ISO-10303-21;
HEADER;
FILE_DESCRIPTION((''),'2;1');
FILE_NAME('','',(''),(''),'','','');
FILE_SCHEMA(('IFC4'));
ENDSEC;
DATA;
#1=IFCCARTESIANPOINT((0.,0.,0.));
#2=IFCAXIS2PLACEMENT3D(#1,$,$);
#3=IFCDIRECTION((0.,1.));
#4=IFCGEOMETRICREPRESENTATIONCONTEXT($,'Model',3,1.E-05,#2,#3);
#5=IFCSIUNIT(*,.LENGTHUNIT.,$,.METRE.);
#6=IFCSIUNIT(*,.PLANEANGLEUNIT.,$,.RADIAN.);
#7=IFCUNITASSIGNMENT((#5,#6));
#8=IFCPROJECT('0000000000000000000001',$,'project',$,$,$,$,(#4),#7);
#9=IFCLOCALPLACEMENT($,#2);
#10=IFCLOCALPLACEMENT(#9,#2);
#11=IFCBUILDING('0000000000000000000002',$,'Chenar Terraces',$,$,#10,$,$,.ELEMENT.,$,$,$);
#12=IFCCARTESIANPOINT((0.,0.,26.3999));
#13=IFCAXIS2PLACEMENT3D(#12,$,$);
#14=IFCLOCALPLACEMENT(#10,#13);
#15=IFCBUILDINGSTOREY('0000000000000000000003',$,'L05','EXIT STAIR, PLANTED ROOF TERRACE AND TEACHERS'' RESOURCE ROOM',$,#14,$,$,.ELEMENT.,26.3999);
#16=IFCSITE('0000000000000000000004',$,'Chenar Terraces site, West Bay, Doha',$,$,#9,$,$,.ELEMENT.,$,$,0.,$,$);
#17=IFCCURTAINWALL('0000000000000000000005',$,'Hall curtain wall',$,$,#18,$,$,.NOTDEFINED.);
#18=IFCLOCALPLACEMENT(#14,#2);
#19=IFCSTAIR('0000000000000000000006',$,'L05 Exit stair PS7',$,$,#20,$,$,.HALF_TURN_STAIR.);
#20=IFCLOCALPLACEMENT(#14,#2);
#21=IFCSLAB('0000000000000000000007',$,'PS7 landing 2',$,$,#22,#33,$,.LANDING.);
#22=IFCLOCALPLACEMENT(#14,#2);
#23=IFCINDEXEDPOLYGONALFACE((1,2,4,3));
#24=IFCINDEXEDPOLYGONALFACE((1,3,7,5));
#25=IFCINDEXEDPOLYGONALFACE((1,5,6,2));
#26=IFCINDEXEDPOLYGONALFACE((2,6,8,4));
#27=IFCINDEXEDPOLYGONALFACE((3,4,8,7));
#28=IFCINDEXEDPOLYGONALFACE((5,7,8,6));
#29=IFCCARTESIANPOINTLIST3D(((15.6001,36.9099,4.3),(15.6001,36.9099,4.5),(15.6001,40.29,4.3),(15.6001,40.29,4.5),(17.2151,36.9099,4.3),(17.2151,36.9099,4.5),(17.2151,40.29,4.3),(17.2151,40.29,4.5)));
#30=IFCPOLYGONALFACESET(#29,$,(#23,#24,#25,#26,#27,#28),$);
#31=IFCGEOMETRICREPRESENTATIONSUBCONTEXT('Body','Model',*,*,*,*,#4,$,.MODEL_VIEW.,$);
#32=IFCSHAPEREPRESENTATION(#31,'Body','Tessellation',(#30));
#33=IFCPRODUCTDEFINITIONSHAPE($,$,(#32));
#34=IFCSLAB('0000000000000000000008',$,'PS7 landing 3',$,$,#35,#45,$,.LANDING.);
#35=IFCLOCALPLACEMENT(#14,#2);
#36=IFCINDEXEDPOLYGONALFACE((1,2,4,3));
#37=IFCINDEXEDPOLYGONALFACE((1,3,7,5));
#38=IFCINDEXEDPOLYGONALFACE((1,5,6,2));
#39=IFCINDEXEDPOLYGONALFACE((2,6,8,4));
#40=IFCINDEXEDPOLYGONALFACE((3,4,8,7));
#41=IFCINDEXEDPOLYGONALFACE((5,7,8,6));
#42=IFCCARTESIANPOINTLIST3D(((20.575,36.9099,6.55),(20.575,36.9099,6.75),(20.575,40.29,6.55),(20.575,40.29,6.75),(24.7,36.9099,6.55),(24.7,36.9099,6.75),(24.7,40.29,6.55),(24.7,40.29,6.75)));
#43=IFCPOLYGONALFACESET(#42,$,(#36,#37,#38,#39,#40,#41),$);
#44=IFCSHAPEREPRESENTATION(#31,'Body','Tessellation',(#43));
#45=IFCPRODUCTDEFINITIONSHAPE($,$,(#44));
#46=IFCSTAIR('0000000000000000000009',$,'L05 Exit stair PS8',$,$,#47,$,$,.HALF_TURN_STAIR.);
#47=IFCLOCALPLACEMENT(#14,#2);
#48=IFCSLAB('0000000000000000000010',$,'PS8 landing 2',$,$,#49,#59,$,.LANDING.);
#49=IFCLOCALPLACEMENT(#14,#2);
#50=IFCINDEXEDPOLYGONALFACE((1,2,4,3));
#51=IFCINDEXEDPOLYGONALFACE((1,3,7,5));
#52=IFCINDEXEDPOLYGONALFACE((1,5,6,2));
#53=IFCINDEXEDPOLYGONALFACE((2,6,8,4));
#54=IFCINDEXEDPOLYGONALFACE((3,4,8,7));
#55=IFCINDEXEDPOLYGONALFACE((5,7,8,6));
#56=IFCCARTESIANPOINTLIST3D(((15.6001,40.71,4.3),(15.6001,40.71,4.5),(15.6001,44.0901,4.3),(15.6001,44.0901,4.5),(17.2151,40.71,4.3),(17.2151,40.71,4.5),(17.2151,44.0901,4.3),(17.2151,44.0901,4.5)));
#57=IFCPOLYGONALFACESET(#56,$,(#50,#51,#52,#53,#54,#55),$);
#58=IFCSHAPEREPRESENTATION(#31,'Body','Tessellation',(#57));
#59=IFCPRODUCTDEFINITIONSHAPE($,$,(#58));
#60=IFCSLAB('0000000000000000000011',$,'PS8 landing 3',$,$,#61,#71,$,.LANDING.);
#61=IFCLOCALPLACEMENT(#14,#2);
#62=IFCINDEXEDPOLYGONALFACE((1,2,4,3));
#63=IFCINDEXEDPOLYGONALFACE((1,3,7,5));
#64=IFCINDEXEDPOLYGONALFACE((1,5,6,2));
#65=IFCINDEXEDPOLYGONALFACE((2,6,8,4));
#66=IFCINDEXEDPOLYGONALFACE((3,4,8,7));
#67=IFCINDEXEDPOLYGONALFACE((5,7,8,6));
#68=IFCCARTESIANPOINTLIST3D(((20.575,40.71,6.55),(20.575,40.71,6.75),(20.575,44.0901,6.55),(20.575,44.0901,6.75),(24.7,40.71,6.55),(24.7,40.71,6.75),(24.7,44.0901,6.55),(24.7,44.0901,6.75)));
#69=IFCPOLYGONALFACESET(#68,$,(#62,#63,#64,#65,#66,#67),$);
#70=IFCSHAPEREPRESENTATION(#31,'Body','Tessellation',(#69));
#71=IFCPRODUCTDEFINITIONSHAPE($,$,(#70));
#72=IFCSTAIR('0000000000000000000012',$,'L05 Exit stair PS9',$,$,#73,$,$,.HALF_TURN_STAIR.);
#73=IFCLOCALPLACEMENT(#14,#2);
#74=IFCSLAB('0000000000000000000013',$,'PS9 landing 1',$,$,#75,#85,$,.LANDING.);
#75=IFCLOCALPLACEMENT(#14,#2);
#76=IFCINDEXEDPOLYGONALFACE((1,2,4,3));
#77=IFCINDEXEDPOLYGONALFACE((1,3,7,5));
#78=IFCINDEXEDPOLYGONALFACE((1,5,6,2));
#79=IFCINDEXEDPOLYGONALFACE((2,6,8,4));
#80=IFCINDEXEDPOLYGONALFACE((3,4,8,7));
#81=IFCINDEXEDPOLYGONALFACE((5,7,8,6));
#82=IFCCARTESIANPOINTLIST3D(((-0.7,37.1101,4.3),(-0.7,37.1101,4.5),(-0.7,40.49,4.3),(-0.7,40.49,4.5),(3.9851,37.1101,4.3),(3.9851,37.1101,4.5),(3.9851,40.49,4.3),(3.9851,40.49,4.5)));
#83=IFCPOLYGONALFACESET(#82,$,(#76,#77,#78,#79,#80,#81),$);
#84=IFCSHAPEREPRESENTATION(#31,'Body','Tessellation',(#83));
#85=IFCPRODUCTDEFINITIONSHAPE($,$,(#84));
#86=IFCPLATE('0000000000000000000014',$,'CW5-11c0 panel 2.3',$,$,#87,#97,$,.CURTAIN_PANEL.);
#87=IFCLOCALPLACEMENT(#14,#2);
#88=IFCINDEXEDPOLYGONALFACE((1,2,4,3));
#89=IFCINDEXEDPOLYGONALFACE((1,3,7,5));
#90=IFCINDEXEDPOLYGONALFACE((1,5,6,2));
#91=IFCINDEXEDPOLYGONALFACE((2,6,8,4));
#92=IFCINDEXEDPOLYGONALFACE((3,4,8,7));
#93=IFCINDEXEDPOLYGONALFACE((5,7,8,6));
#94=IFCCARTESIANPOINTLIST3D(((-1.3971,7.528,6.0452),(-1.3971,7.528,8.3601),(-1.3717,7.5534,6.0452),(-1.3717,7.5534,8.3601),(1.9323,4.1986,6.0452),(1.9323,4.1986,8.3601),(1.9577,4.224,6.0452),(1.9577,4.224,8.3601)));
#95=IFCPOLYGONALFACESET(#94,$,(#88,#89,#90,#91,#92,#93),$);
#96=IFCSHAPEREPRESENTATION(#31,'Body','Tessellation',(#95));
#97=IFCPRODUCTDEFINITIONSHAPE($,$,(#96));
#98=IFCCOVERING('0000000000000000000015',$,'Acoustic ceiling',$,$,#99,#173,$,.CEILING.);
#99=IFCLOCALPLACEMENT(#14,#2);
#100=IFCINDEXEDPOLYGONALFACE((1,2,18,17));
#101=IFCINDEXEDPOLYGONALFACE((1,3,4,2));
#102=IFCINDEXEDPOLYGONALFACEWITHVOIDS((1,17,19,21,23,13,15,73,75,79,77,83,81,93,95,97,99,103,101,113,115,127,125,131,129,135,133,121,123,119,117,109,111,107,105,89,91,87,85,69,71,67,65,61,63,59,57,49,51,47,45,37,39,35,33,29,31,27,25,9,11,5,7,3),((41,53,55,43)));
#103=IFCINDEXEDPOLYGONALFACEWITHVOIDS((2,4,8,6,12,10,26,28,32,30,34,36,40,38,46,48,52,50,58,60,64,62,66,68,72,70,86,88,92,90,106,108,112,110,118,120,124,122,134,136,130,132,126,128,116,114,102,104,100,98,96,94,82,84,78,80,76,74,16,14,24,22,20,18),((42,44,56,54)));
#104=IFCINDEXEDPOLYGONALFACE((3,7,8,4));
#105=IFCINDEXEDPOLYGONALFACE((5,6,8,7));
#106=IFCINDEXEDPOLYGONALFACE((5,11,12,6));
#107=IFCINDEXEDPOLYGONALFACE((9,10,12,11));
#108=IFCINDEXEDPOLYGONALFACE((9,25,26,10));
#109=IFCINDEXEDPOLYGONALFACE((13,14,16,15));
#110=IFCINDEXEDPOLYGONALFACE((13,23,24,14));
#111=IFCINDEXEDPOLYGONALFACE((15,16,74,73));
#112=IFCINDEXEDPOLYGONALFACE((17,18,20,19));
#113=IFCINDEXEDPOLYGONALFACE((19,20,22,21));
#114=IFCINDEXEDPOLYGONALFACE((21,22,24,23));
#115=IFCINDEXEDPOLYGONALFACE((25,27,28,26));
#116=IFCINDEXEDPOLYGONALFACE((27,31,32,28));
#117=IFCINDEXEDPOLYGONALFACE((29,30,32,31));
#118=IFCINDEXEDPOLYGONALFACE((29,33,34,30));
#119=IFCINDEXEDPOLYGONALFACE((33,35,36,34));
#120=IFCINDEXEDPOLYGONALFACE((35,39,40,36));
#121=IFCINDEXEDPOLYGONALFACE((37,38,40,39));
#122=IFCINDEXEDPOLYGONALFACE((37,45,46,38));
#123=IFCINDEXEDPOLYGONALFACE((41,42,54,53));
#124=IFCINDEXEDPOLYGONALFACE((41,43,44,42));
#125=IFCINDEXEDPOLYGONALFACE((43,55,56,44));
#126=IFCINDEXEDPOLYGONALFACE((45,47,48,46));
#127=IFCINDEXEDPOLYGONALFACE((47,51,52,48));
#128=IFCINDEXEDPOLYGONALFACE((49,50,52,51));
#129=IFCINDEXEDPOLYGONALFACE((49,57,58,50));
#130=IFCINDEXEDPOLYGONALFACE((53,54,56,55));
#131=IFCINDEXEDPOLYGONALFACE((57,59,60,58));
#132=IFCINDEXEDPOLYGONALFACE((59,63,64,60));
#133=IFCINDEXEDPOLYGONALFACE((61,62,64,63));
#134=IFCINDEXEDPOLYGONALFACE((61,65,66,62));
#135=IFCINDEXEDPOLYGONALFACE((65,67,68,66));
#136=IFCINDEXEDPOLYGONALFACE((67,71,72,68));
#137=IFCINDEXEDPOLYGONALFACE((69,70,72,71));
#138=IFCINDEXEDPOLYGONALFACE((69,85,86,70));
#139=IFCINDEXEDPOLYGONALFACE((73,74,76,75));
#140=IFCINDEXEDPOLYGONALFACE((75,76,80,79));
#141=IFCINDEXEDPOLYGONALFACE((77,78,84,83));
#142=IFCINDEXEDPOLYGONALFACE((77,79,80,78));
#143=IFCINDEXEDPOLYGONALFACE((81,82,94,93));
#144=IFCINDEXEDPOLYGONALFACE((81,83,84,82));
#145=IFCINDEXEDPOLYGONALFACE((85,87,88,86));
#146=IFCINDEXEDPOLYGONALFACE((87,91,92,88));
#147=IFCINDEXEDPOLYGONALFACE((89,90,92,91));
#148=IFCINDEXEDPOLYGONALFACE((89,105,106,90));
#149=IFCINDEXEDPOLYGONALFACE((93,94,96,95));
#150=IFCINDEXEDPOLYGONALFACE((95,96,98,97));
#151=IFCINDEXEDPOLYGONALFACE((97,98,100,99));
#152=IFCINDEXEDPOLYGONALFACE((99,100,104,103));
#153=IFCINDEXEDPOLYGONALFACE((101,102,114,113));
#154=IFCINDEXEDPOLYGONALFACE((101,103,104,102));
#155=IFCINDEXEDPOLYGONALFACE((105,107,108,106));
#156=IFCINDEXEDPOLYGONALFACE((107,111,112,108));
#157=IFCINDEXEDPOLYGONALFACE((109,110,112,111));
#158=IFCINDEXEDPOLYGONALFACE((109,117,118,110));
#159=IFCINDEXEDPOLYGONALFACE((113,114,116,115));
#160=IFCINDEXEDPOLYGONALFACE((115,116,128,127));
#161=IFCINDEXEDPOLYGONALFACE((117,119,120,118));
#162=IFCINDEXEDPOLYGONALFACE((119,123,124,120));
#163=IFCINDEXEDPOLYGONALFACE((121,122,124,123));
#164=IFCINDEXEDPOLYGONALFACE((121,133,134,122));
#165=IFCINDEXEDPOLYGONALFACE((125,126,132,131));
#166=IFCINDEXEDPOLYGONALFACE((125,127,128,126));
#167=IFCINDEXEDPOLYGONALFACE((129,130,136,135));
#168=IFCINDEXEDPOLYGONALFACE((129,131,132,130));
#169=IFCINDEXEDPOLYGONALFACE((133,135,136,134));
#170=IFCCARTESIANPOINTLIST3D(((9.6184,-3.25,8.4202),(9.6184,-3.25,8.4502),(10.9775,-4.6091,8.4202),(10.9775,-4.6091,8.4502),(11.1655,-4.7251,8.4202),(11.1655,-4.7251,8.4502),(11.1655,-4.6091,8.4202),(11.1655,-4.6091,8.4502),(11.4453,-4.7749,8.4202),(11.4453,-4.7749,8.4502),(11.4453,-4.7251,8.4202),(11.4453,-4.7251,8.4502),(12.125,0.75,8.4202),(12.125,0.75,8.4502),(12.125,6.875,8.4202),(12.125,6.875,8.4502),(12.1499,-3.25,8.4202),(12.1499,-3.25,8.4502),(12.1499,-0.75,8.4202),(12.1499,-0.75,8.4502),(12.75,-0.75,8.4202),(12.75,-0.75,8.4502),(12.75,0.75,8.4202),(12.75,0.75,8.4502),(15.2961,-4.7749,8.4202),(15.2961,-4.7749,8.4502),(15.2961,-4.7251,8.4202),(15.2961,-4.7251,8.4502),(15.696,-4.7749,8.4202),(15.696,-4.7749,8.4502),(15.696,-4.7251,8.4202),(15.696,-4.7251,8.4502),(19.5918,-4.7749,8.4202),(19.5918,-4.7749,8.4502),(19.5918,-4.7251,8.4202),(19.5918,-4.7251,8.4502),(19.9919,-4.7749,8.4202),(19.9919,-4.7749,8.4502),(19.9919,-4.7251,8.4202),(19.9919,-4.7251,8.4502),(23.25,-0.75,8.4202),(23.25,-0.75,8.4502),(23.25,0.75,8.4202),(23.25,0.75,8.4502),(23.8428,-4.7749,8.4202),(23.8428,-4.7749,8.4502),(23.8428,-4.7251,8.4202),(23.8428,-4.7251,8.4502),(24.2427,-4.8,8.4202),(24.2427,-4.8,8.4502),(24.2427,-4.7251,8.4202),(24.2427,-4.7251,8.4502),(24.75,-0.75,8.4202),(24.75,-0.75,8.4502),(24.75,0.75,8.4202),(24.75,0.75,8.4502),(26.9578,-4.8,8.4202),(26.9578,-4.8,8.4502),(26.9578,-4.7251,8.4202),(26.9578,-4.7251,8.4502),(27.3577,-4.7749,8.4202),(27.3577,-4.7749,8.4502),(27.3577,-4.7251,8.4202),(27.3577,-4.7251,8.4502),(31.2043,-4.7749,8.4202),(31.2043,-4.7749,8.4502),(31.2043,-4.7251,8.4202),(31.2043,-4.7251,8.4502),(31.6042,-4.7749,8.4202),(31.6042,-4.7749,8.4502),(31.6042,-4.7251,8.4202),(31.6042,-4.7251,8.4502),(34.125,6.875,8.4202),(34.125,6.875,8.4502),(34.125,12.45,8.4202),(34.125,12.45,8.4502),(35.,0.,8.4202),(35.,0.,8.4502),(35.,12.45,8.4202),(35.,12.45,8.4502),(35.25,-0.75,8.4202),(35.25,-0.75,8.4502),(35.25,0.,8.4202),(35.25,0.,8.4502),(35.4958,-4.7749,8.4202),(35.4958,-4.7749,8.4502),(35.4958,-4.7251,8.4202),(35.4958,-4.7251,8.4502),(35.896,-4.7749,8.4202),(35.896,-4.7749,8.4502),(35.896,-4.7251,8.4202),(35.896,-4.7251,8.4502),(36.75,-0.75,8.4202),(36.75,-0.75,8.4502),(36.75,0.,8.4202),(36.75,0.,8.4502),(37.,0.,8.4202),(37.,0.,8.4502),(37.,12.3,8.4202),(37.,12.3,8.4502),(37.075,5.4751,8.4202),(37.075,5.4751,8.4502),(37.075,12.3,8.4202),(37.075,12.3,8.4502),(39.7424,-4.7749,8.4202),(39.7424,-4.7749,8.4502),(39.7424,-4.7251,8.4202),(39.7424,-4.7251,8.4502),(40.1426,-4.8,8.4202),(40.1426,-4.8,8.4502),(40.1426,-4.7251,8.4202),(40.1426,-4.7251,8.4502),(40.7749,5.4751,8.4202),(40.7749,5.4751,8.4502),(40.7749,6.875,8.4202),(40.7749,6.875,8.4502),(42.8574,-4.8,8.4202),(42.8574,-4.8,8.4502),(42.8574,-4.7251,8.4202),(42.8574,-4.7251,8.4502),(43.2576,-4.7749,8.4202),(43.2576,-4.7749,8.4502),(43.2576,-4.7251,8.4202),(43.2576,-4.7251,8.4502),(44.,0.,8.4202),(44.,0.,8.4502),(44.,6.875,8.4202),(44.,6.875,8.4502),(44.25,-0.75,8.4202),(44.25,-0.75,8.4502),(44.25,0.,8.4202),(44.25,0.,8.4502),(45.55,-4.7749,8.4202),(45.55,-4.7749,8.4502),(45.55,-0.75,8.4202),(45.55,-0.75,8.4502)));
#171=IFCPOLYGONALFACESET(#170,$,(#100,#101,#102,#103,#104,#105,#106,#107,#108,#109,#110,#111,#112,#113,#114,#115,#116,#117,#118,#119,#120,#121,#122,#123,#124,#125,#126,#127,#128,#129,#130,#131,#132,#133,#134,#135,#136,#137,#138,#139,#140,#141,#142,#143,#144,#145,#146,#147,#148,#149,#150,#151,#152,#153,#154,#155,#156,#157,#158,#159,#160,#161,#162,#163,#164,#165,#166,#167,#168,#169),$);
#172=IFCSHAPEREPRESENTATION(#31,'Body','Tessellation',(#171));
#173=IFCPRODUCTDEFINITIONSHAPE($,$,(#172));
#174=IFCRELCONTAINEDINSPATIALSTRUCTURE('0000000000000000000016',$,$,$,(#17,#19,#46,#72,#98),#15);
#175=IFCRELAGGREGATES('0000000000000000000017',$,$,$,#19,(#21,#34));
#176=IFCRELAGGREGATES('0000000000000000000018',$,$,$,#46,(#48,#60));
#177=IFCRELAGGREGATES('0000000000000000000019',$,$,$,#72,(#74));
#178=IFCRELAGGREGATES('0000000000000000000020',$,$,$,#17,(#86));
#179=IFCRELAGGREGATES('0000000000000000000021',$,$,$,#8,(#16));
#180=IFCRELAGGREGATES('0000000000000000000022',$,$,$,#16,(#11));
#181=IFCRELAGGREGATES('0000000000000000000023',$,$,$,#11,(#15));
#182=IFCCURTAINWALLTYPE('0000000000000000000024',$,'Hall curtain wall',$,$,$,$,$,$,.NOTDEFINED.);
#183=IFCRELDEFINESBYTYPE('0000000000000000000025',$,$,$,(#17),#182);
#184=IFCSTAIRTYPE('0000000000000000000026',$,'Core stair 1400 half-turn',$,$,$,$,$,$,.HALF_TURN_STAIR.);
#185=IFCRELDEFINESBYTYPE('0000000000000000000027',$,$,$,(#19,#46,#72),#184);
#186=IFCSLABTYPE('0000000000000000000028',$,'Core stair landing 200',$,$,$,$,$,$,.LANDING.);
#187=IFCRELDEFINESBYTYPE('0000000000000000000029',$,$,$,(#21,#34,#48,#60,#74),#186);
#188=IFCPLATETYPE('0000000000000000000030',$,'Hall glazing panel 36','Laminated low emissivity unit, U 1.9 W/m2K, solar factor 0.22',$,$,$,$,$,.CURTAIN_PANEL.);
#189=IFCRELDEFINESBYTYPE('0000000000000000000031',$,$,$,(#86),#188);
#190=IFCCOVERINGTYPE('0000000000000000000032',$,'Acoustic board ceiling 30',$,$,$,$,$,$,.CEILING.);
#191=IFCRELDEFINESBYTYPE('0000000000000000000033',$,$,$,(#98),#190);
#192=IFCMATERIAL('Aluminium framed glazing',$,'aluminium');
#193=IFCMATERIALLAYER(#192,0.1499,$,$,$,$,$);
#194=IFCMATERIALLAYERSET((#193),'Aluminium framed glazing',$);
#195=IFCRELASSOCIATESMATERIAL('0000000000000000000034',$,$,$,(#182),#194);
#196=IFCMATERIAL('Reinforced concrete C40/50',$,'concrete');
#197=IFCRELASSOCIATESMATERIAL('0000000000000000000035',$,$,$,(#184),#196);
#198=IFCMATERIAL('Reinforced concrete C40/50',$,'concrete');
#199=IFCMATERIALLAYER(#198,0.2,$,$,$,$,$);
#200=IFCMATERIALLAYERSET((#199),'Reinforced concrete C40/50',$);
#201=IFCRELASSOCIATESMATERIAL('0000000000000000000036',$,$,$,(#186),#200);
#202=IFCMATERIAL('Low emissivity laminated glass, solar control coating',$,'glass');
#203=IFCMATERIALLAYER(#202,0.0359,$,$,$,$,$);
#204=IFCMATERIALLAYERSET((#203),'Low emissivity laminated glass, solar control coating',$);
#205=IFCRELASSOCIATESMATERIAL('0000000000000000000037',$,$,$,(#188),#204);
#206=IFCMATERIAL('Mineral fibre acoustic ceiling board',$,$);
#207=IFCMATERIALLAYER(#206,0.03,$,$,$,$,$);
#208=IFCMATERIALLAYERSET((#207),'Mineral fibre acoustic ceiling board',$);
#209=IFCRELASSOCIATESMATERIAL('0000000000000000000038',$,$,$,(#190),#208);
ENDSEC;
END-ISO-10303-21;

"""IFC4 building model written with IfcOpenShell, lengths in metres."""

from ifc_helpers import new_model, si_unit, direction, frame, origin, origin_2d, place, context, subcontext, project, spatial, polyline, rectangle, outline, extrude, material, layer, layer_set, type_object, element, aggregate, save


model = new_model("IFC4")

# Units and contexts
model_context = context("Model", 3, precision=1e-05, world=origin(), true_north=direction((0.0, 1.0)))
body_context = subcontext(model_context, "Body", "Model", "MODEL_VIEW")
ifc_project = project(units=[si_unit("LENGTHUNIT", "METRE"), si_unit("PLANEANGLEUNIT", "RADIAN")], contexts=[model_context])

# Site, building, storey
site_placement = place(None, origin())
site = spatial("IfcSite", under=ifc_project, at=site_placement, Name="Chenar Terraces site, West Bay, Doha", CompositionType="ELEMENT", RefElevation=0.0)
building_placement = place(site_placement, origin())
building = spatial("IfcBuilding", under=site, at=building_placement, Name="Chenar Terraces", CompositionType="ELEMENT")
storey_placement = place(building_placement, frame((0.0, 0.0, 26.3999)))
storey = spatial("IfcBuildingStorey", under=building, at=storey_placement, Name="L05", Description="EXIT STAIR, PLANTED ROOF TERRACE AND TEACHERS' RESOURCE ROOM", CompositionType="ELEMENT", Elevation=26.3999)

# Curtain wall
ifc_material_1 = material(Name="Aluminium framed glazing", Category="aluminium")
ifc_layer_1 = layer(ifc_material_1, 0.1499)
ifc_layer_set_1 = layer_set([ifc_layer_1], Name="Aluminium framed glazing")
curtain_wall_type = type_object("IfcCurtainWallType", Name="Hall curtain wall", PredefinedType="NOTDEFINED", material=ifc_layer_set_1)
placement_1 = place(storey_placement, origin())
curtain_wall = element("IfcCurtainWall", 1, at=placement_1, inside=storey, type_object=curtain_wall_type, Name="Hall curtain wall", PredefinedType="NOTDEFINED")

# Shared definitions
ifc_material_2 = material(Name="Reinforced concrete C40/50", Category="concrete")
stair_type = type_object("IfcStairType", Name="Core stair 1400 half-turn", PredefinedType="HALF_TURN_STAIR", material=ifc_material_2)
ifc_material_3 = material(Name="Reinforced concrete C40/50", Category="concrete")
ifc_layer_2 = layer(ifc_material_3, 0.2)
ifc_layer_set_2 = layer_set([ifc_layer_2], Name="Reinforced concrete C40/50")
slab_type = type_object("IfcSlabType", Name="Core stair landing 200", PredefinedType="LANDING", material=ifc_layer_set_2)
placement_2 = place(storey_placement, frame((0.0, 0.0, 6.55)))

# Shared definitions
placement_3 = place(storey_placement, frame((0.0, 0.0, 4.3)))

# Stairs, slabs
stair_1 = element("IfcStair", 2, at=placement_1, inside=storey, type_object=stair_type, Name="L05 Exit stair PS7", PredefinedType="HALF_TURN_STAIR")
slab_1 = element("IfcSlab", 3, at=placement_3, type_object=slab_type, Name="PS7 landing 2", PredefinedType="LANDING", context=body_context, shape_type="SweptSolid", body=[
    extrude(outline(polyline([(15.6001, 36.9099), (17.2151, 36.9099), (17.2151, 40.29), (15.6001, 40.29), (15.6001, 36.9099)])), origin(), (0.0, 0.0, 1.0), 0.2),
])
slab_2 = element("IfcSlab", 4, at=placement_2, type_object=slab_type, Name="PS7 landing 3", PredefinedType="LANDING", context=body_context, shape_type="SweptSolid", body=[
    extrude(outline(polyline([(20.575, 36.9099), (24.7, 36.9099), (24.7, 40.29), (20.575, 40.29), (20.575, 36.9099)])), origin(), (0.0, 0.0, 1.0), 0.2),
])
aggregate(stair_1, [slab_1, slab_2])
stair_2 = element("IfcStair", 5, at=placement_1, inside=storey, type_object=stair_type, Name="L05 Exit stair PS8", PredefinedType="HALF_TURN_STAIR")
slab_3 = element("IfcSlab", 6, at=placement_3, type_object=slab_type, Name="PS8 landing 2", PredefinedType="LANDING", context=body_context, shape_type="SweptSolid", body=[
    extrude(outline(polyline([(15.6001, 40.71), (17.2151, 40.71), (17.2151, 44.0901), (15.6001, 44.0901), (15.6001, 40.71)])), origin(), (0.0, 0.0, 1.0), 0.2),
])
slab_4 = element("IfcSlab", 7, at=placement_2, type_object=slab_type, Name="PS8 landing 3", PredefinedType="LANDING", context=body_context, shape_type="SweptSolid", body=[
    extrude(outline(polyline([(20.575, 40.71), (24.7, 40.71), (24.7, 44.0901), (20.575, 44.0901), (20.575, 40.71)])), origin(), (0.0, 0.0, 1.0), 0.2),
])
aggregate(stair_2, [slab_3, slab_4])

# Stair, slab
stair_3 = element("IfcStair", 8, at=placement_1, inside=storey, type_object=stair_type, Name="L05 Exit stair PS9", PredefinedType="HALF_TURN_STAIR")
slab_5 = element("IfcSlab", 9, at=placement_3, type_object=slab_type, Name="PS9 landing 1", PredefinedType="LANDING", context=body_context, shape_type="SweptSolid", body=[
    extrude(outline(polyline([(3.9851, 40.49), (-0.7, 40.49), (-0.7, 37.1101), (3.9851, 37.1101), (3.9851, 40.49)])), origin(), (0.0, 0.0, 1.0), 0.2),
])
aggregate(stair_3, [slab_5])

# Plate
ifc_material_4 = material(Name="Low emissivity laminated glass, solar control coating", Category="glass")
ifc_layer_3 = layer(ifc_material_4, 0.0359)
ifc_layer_set_3 = layer_set([ifc_layer_3], Name="Low emissivity laminated glass, solar control coating")
plate_type = type_object("IfcPlateType", Name="Hall glazing panel 36", Description="Laminated low emissivity unit, U 1.9 W/m2K, solar factor 0.22", PredefinedType="CURTAIN_PANEL", material=ifc_layer_set_3)
plate_placement = place(storey_placement, frame((0.2803, 5.876, 6.0452), z_axis=(0.0, 0.0, 1.0), x_axis=(0.707107, -0.707107, 0.0)))
plate = element("IfcPlate", 10, at=plate_placement, type_object=plate_type, Name="CW5-11c0 panel 2.3", PredefinedType="CURTAIN_PANEL", context=body_context, shape_type="SweptSolid", body=[
    extrude(rectangle(XDim=4.7085, YDim=0.0359, at=origin_2d()), origin(), (0.0, 0.0, 1.0), 2.3149),
])
aggregate(curtain_wall, [plate])

# Covering
ifc_material_5 = material(Name="Mineral fibre acoustic ceiling board")
ifc_layer_4 = layer(ifc_material_5, 0.03)
ifc_layer_set_4 = layer_set([ifc_layer_4], Name="Mineral fibre acoustic ceiling board")
covering_type = type_object("IfcCoveringType", Name="Acoustic board ceiling 30", PredefinedType="CEILING", material=ifc_layer_set_4)
placement_4 = place(storey_placement, frame((0.0, 0.0, 8.4202)))
element("IfcCovering", 11, at=placement_4, inside=storey, type_object=covering_type, Name="Acoustic ceiling", PredefinedType="CEILING", context=body_context, shape_type="SweptSolid", body=[
    extrude(outline(polyline([(12.125, 6.875), (34.125, 6.875), (34.125, 12.45), (35.0, 12.45), (35.0, 0.0), (35.25, 0.0), (35.25, -0.75), (36.75, -0.75), (36.75, 0.0), (37.0, 0.0), (37.0, 12.3), (37.075, 12.3), (37.075, 5.4751), (40.7749, 5.4751), (40.7749, 6.875), (44.0, 6.875), (44.0, 0.0), (44.25, 0.0), (44.25, -0.75), (45.55, -0.75), (45.55, -4.7749), (43.2576, -4.7749), (43.2576, -4.7251), (42.8574, -4.7251), (42.8574, -4.8), (40.1426, -4.8), (40.1426, -4.7251), (39.7424, -4.7251), (39.7424, -4.7749), (35.896, -4.7749), (35.896, -4.7251), (35.4958, -4.7251), (35.4958, -4.7749), (31.6042, -4.7749), (31.6042, -4.7251), (31.2043, -4.7251), (31.2043, -4.7749), (27.3577, -4.7749), (27.3577, -4.7251), (26.9578, -4.7251), (26.9578, -4.8), (24.2427, -4.8), (24.2427, -4.7251), (23.8428, -4.7251), (23.8428, -4.7749), (19.9919, -4.7749), (19.9919, -4.7251), (19.5918, -4.7251), (19.5918, -4.7749), (15.696, -4.7749), (15.696, -4.7251), (15.2961, -4.7251), (15.2961, -4.7749), (11.4453, -4.7749), (11.4453, -4.7251), (11.1655, -4.7251), (11.1655, -4.6091), (10.9775, -4.6091), (9.6184, -3.25), (12.1499, -3.25), (12.1499, -0.75), (12.75, -0.75), (12.75, 0.75), (12.125, 0.75), (12.125, 6.875)]), holes=[polyline([(23.25, -0.75), (24.75, -0.75), (24.75, 0.75), (23.25, 0.75), (23.25, -0.75)])]), origin(), (0.0, 0.0, 1.0), 0.03),
])

save(model, "model.ifc")
